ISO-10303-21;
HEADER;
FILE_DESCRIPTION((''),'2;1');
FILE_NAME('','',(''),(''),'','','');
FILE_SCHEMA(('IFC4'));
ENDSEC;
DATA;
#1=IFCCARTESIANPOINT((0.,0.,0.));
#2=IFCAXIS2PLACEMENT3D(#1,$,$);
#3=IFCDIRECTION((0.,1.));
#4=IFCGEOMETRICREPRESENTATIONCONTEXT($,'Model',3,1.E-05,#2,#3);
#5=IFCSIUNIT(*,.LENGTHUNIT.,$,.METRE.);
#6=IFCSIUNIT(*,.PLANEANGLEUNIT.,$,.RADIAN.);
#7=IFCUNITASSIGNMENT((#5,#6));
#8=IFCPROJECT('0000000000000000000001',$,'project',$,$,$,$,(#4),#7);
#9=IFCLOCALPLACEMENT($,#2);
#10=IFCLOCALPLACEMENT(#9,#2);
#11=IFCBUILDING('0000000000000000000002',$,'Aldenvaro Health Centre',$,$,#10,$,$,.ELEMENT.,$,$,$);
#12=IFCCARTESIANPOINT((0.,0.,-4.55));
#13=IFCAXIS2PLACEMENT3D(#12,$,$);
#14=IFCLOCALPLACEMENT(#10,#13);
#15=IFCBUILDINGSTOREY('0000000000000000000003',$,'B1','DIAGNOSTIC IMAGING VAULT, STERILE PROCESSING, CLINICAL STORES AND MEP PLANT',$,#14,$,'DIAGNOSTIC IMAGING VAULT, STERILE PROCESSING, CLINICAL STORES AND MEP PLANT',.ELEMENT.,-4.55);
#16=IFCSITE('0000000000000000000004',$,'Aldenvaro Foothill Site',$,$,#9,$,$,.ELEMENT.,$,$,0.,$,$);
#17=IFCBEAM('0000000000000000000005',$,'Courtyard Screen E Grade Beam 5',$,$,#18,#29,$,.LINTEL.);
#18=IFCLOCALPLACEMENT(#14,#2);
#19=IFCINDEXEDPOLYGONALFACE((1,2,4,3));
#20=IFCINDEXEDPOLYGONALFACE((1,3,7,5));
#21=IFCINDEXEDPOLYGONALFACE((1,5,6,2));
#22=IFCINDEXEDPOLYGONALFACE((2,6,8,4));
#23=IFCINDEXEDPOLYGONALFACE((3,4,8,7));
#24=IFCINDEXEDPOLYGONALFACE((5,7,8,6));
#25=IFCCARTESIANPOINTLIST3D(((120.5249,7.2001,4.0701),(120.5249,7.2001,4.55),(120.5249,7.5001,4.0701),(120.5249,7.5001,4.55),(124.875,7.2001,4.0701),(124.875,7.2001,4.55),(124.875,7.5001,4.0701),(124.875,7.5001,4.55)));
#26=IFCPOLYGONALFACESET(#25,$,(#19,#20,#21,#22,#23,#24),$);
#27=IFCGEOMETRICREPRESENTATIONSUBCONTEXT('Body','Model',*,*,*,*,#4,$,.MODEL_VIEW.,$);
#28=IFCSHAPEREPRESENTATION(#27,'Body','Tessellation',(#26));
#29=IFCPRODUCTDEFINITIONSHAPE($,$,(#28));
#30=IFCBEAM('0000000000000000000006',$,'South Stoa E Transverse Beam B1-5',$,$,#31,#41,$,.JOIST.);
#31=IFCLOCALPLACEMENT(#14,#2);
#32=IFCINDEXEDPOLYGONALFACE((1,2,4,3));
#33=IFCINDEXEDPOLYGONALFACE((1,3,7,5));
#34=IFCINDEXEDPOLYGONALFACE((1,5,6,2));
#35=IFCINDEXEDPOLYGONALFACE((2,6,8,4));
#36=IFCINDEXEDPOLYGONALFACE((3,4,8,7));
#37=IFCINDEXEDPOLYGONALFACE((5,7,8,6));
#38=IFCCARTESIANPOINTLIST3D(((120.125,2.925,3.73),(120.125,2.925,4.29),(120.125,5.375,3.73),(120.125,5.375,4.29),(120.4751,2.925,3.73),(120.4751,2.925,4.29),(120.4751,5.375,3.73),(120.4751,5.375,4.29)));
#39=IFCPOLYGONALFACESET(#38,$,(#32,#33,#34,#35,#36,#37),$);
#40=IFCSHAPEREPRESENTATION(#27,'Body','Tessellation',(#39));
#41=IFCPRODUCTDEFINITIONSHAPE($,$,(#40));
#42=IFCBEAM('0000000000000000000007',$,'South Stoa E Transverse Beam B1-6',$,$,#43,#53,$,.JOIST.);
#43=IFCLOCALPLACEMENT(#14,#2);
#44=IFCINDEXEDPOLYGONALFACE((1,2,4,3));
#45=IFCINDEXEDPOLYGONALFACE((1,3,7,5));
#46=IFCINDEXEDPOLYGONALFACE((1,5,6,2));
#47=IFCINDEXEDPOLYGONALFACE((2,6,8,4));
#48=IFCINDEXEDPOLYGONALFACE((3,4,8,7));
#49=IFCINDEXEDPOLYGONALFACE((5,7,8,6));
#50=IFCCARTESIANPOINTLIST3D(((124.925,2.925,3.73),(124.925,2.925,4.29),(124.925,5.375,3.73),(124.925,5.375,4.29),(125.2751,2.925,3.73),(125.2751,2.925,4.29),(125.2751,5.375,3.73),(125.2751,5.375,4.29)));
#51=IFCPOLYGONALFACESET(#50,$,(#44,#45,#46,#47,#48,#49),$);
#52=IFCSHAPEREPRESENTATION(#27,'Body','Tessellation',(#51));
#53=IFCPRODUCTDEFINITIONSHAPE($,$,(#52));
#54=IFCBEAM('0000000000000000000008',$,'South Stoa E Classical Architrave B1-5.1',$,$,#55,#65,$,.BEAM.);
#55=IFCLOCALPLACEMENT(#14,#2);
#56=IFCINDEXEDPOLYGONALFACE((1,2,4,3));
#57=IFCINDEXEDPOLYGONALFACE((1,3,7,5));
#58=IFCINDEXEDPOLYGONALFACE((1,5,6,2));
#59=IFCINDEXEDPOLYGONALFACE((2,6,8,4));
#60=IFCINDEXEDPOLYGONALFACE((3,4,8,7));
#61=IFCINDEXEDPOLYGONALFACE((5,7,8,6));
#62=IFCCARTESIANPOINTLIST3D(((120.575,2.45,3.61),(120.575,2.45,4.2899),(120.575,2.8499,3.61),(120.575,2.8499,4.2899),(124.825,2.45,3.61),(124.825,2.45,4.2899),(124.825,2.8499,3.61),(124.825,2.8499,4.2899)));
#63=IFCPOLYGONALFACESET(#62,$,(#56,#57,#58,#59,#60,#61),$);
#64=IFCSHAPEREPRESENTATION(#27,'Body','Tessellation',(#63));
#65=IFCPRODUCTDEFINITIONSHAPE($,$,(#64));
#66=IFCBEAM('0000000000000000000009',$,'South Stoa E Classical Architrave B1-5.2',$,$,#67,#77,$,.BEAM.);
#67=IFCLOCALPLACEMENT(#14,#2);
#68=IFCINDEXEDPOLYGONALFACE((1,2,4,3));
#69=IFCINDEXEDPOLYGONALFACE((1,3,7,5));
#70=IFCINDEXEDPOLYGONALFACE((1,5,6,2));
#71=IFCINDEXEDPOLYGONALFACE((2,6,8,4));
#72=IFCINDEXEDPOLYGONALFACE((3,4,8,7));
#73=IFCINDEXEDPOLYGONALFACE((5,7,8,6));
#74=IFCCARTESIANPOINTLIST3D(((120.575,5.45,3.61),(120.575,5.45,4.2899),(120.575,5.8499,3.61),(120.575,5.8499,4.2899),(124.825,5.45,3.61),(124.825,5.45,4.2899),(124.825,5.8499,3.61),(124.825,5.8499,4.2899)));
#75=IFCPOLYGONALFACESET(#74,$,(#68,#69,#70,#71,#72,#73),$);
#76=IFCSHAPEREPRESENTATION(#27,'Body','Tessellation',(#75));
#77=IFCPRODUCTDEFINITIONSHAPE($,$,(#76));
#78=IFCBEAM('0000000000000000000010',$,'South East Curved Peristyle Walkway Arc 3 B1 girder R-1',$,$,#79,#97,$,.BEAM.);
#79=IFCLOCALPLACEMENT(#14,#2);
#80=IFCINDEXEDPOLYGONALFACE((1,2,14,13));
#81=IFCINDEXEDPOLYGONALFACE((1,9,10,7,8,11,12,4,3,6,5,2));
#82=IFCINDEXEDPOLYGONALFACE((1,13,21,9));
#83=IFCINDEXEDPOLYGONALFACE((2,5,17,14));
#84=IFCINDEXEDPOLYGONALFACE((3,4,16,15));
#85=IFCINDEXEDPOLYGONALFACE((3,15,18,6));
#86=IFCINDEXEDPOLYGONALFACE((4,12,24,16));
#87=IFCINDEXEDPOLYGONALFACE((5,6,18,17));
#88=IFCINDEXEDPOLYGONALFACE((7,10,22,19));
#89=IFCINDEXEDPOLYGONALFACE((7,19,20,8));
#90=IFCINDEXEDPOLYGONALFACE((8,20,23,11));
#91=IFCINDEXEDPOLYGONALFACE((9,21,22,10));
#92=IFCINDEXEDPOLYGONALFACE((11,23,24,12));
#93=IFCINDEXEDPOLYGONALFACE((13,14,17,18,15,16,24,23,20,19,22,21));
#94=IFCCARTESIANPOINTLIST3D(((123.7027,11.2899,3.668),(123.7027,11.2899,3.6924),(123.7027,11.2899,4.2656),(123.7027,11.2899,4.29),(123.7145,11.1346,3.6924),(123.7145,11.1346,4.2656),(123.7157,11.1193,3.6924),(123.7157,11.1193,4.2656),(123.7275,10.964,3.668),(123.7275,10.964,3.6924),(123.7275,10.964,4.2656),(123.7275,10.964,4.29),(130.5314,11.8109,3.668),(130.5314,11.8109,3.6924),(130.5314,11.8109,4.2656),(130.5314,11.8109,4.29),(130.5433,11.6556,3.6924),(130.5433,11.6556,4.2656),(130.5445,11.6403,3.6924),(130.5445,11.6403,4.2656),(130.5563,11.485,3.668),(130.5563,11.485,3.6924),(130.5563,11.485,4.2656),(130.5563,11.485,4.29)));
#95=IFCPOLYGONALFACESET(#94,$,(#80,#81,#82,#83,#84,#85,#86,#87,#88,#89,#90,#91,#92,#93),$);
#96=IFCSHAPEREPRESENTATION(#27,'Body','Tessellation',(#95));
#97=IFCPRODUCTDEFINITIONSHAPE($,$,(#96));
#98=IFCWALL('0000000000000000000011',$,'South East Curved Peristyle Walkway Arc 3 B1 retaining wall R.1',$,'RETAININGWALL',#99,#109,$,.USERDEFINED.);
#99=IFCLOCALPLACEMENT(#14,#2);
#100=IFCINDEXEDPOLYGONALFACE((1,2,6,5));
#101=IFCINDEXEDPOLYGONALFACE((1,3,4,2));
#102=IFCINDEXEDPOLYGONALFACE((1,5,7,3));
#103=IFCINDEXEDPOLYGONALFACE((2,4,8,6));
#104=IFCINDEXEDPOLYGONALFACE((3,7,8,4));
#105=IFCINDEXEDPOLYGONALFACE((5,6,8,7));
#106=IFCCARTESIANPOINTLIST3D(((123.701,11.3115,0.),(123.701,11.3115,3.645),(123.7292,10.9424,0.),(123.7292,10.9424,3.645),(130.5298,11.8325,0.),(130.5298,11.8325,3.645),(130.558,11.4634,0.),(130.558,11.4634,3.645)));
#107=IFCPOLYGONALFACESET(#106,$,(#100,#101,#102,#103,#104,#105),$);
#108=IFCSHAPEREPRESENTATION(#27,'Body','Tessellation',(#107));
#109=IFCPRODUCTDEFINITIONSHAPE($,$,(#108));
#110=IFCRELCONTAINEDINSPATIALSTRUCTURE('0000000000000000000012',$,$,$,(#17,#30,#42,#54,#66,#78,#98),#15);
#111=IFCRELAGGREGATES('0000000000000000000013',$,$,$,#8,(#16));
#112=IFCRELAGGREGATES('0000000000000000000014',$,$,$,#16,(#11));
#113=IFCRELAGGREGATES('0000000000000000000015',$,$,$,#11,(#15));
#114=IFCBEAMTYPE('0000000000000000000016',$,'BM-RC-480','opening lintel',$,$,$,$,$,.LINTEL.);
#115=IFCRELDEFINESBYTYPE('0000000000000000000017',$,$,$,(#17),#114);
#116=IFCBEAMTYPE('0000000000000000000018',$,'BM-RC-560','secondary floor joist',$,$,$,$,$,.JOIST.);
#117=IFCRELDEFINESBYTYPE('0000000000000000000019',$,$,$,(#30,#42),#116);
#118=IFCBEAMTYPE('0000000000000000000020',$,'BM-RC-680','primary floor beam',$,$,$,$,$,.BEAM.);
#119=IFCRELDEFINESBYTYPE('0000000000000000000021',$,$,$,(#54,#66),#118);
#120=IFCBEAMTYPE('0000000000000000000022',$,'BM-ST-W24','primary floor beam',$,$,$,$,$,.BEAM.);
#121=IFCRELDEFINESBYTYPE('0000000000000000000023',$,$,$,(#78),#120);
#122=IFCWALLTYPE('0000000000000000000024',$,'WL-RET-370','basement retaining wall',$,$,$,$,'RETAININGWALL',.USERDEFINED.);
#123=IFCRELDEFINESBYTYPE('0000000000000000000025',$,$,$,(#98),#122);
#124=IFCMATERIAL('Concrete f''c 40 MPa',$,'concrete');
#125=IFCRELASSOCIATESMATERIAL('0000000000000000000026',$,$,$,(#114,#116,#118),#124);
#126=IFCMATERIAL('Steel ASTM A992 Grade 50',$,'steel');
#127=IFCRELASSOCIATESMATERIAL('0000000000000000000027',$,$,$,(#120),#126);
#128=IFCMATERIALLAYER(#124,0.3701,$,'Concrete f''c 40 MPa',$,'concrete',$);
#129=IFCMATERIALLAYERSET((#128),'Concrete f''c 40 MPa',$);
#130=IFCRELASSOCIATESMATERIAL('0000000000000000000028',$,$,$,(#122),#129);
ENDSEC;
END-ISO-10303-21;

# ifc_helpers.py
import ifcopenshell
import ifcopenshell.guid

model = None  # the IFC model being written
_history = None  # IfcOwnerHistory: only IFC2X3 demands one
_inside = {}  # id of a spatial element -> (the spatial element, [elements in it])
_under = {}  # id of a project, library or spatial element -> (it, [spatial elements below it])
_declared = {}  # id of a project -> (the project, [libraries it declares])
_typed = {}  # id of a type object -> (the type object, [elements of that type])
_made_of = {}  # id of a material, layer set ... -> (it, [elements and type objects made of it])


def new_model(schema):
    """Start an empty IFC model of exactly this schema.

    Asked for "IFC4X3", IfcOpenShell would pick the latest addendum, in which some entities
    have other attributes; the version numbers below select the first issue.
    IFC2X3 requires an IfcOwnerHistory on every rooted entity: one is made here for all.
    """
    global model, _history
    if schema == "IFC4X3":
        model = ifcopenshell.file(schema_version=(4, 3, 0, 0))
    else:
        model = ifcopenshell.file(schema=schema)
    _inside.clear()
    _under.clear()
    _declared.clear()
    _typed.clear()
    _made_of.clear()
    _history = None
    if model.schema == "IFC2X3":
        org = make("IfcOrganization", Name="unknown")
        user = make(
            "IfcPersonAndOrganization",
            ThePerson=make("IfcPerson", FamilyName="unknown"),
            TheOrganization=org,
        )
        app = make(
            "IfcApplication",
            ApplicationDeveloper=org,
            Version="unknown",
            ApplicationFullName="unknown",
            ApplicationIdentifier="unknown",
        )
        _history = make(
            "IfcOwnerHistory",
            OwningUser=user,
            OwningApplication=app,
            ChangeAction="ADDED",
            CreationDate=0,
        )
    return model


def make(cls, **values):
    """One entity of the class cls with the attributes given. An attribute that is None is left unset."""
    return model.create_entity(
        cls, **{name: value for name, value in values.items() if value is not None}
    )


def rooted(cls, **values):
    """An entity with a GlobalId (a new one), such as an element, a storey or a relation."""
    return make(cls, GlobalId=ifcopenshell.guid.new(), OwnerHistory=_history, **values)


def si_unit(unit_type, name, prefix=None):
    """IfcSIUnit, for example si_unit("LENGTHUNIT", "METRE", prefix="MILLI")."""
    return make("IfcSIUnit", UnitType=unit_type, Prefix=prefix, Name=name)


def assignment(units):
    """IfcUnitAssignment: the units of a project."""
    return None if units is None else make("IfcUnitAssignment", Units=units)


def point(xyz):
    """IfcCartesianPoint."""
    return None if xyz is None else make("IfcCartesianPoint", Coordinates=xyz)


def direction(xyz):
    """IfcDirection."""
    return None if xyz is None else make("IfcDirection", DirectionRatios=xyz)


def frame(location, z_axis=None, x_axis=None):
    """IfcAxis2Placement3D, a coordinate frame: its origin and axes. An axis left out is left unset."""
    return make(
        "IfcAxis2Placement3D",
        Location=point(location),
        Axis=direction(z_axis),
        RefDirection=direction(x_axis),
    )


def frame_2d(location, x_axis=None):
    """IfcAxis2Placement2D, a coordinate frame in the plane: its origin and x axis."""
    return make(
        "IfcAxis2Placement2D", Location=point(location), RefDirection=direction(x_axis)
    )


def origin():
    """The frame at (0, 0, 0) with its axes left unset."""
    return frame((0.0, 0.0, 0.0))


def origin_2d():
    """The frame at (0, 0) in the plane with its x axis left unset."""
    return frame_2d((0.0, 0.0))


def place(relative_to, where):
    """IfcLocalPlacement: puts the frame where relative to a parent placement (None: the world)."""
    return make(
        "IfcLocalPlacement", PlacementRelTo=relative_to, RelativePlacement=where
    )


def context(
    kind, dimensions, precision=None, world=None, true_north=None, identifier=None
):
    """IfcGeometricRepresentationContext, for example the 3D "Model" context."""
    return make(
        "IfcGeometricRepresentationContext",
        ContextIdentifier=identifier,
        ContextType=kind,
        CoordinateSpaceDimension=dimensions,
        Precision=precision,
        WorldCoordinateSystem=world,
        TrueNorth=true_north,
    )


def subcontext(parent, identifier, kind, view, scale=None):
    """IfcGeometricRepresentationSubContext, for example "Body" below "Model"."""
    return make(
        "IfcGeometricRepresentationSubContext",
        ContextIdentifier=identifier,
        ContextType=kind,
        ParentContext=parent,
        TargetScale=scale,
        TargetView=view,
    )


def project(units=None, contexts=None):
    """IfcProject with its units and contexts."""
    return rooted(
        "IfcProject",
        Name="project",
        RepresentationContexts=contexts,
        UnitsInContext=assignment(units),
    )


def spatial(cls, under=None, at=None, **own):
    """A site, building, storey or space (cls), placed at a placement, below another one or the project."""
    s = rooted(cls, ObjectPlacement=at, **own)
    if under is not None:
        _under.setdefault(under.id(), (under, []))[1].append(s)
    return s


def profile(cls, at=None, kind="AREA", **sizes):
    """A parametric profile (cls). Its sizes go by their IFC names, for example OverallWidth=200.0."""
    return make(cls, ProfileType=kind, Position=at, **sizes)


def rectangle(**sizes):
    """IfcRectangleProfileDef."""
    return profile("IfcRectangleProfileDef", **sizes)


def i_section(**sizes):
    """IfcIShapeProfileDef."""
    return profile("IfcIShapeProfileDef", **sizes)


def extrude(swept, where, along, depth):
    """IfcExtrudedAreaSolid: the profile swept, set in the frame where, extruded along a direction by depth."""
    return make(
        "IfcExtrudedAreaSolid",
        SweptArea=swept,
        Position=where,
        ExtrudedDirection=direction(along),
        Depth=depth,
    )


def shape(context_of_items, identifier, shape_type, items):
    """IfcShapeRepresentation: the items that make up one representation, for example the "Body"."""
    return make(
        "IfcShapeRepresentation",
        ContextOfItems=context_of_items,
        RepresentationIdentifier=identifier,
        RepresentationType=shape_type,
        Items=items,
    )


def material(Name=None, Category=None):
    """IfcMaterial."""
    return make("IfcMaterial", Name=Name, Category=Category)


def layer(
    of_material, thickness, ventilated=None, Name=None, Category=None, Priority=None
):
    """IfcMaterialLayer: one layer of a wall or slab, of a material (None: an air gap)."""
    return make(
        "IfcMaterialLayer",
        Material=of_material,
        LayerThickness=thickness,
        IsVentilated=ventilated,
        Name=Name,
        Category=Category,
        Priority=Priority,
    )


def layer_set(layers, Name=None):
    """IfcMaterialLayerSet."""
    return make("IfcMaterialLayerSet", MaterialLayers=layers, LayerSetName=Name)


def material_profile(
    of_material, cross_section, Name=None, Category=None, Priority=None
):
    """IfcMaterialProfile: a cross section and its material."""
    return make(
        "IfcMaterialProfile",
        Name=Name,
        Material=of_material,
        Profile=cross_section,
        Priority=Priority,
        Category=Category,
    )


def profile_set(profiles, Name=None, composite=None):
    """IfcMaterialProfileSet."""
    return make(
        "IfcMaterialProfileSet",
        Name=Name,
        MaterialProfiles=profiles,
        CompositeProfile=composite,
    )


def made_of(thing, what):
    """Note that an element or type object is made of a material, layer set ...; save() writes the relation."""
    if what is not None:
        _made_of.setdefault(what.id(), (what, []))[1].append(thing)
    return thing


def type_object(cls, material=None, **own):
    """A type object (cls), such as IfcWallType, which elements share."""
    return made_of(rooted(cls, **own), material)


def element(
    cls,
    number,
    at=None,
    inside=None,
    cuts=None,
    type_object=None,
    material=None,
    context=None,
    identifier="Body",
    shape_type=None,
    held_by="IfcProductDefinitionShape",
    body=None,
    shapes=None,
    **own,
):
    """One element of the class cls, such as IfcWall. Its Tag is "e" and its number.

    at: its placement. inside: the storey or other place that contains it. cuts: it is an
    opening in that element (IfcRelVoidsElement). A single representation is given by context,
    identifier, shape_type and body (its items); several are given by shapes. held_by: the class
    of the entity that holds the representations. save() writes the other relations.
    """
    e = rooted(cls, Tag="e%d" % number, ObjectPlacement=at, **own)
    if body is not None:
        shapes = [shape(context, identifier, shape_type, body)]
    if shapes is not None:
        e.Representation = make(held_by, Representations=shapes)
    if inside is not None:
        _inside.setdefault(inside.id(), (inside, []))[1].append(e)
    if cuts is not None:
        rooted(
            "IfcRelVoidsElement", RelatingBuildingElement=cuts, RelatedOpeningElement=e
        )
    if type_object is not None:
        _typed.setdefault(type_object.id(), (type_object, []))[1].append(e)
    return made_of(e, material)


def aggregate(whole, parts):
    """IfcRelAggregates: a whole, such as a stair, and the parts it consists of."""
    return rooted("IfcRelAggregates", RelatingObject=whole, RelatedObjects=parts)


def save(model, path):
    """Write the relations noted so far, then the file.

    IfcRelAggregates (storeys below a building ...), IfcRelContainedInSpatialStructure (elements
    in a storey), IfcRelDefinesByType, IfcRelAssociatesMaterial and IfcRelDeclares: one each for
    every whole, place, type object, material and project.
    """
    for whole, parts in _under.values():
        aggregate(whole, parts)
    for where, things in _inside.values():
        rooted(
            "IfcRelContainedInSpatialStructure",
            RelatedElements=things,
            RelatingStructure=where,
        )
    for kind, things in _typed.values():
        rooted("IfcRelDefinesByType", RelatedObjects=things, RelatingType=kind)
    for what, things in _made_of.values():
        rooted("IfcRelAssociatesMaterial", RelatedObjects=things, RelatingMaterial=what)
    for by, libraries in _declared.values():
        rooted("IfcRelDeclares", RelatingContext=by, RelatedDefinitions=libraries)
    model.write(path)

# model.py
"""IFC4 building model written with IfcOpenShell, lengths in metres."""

from ifc_helpers import new_model, si_unit, direction, frame, frame_2d, origin, origin_2d, place, context, subcontext, project, spatial, rectangle, i_section, extrude, material, layer, layer_set, material_profile, profile_set, type_object, element, save


model = new_model("IFC4")

# Units and contexts
model_context = context("Model", 3, precision=1e-05, world=origin(), true_north=direction((0.0, 1.0)))
body_context = subcontext(model_context, "Body", "Model", "MODEL_VIEW")
ifc_project = project(units=[si_unit("LENGTHUNIT", "METRE"), si_unit("PLANEANGLEUNIT", "RADIAN")], contexts=[model_context])

# Site, building, storey
site_placement = place(None, origin())
site = spatial("IfcSite", under=ifc_project, at=site_placement, Name="Aldenvaro Foothill Site", CompositionType="ELEMENT", RefElevation=0.0)
building_placement = place(site_placement, origin())
building = spatial("IfcBuilding", under=site, at=building_placement, Name="Aldenvaro Health Centre", CompositionType="ELEMENT")
storey_placement = place(building_placement, frame((0.0, 0.0, -4.55)))
storey = spatial("IfcBuildingStorey", under=building, at=storey_placement, Name="B1", Description="DIAGNOSTIC IMAGING VAULT, STERILE PROCESSING, CLINICAL STORES AND MEP PLANT", LongName="DIAGNOSTIC IMAGING VAULT, STERILE PROCESSING, CLINICAL STORES AND MEP PLANT", CompositionType="ELEMENT", Elevation=-4.55)

# Shared definitions
ifc_material_1 = material(Name="Concrete f'c 40 MPa", Category="concrete")

# Beams
ifc_material_profile_1 = material_profile(ifc_material_1, rectangle(XDim=0.3, YDim=0.48, at=origin_2d()), Name="RC 300x480", Category="concrete")
ifc_profile_set_1 = profile_set([ifc_material_profile_1], Name="Concrete f'c 40 MPa")
beam_type_1 = type_object("IfcBeamType", Name="BM-RC-480", Description="opening lintel", PredefinedType="LINTEL", material=ifc_profile_set_1)
beam_1_placement = place(storey_placement, frame((120.5249, 7.3501, 4.3101), z_axis=(1.0, 0.0, 0.0), x_axis=(0.0, 1.0, 0.0)))
element("IfcBeam", 1, at=beam_1_placement, inside=storey, type_object=beam_type_1, Name="Courtyard Screen E Grade Beam 5", PredefinedType="LINTEL", context=body_context, shape_type="SweptSolid", body=[
    extrude(rectangle(XDim=0.3, YDim=0.48, at=origin_2d()), origin(), (0.0, 0.0, 1.0), 4.3501),
])
ifc_material_profile_2 = material_profile(ifc_material_1, rectangle(XDim=0.3501, YDim=0.5601, at=origin_2d()), Name="RC 350x560", Category="concrete")
ifc_profile_set_2 = profile_set([ifc_material_profile_2], Name="Concrete f'c 40 MPa")
beam_type_2 = type_object("IfcBeamType", Name="BM-RC-560", Description="secondary floor joist", PredefinedType="JOIST", material=ifc_profile_set_2)
for number, where, z_axis, x_axis, name in (
    (2, (120.3, 2.925, 4.01), (0.0, 1.0, 0.0), (-1.0, 0.0, 0.0), "South Stoa E Transverse Beam B1-5"),
    (3, (125.1001, 2.925, 4.01), (0.0, 1.0, 0.0), (-1.0, 0.0, 0.0), "South Stoa E Transverse Beam B1-6"),
):
    element("IfcBeam", number, at=place(storey_placement, frame(where, z_axis=z_axis, x_axis=x_axis)), inside=storey, type_object=beam_type_2, Name=name, PredefinedType="JOIST", context=body_context, shape_type="SweptSolid", body=[
        extrude(rectangle(XDim=0.3501, YDim=0.5601, at=origin_2d()), origin(), (0.0, 0.0, 1.0), 2.45),
    ])
ifc_material_profile_3 = material_profile(ifc_material_1, rectangle(XDim=0.3999, YDim=0.6799, at=origin_2d()), Name="RC 400x680", Category="concrete")
ifc_profile_set_3 = profile_set([ifc_material_profile_3], Name="Concrete f'c 40 MPa")
beam_type_3 = type_object("IfcBeamType", Name="BM-RC-680", Description="primary floor beam", PredefinedType="BEAM", material=ifc_profile_set_3)
for number, where, z_axis, x_axis, name in (
    (4, (120.575, 2.6499, 3.95), (1.0, 0.0, 0.0), (0.0, 1.0, 0.0), "South Stoa E Classical Architrave B1-5.1"),
    (5, (120.575, 5.6499, 3.95), (1.0, 0.0, 0.0), (0.0, 1.0, 0.0), "South Stoa E Classical Architrave B1-5.2"),
):
    element("IfcBeam", number, at=place(storey_placement, frame(where, z_axis=z_axis, x_axis=x_axis)), inside=storey, type_object=beam_type_3, Name=name, PredefinedType="BEAM", context=body_context, shape_type="SweptSolid", body=[
        extrude(rectangle(XDim=0.3999, YDim=0.6799, at=origin_2d()), origin(), (0.0, 0.0, 1.0), 4.25),
    ])
ifc_material_2 = material(Name="Steel ASTM A992 Grade 50", Category="steel")
ifc_material_profile_4 = material_profile(ifc_material_2, i_section(OverallWidth=0.3269, OverallDepth=0.6221, WebThickness=0.0154, FlangeThickness=0.0244, at=origin_2d()), Name="W24X131", Category="steel")
ifc_profile_set_4 = profile_set([ifc_material_profile_4], Name="Steel ASTM A992 Grade 50")
beam_type_4 = type_object("IfcBeamType", Name="BM-ST-W24", Description="primary floor beam", PredefinedType="BEAM", material=ifc_profile_set_4)
beam_2_placement = place(storey_placement, frame((123.7151, 11.127, 3.979), z_axis=(0.997102, 0.076072, 0.0), x_axis=(-0.076072, 0.997102, 0.0)))
element("IfcBeam", 6, at=beam_2_placement, inside=storey, type_object=beam_type_4, Name="South East Curved Peristyle Walkway Arc 3 B1 girder R-1", PredefinedType="BEAM", context=body_context, shape_type="SweptSolid", body=[
    extrude(i_section(OverallWidth=0.3269, OverallDepth=0.6221, WebThickness=0.0154, FlangeThickness=0.0244, at=origin_2d()), origin(), (0.0, 0.0, 1.0), 6.8486),
])

# Wall
ifc_layer = layer(ifc_material_1, 0.3701, Name="Concrete f'c 40 MPa", Category="concrete")
ifc_layer_set = layer_set([ifc_layer], Name="Concrete f'c 40 MPa")
wall_type = type_object("IfcWallType", Name="WL-RET-370", Description="basement retaining wall", ElementType="RETAININGWALL", PredefinedType="USERDEFINED", material=ifc_layer_set)
wall_placement = place(storey_placement, frame((123.7151, 11.127, 0.0), z_axis=(0.0, 0.0, 1.0), x_axis=(0.997102, 0.076072, 0.0)))
element("IfcWall", 7, at=wall_placement, inside=storey, type_object=wall_type, Name="South East Curved Peristyle Walkway Arc 3 B1 retaining wall R.1", ObjectType="RETAININGWALL", PredefinedType="USERDEFINED", context=body_context, shape_type="SweptSolid", body=[
    extrude(rectangle(XDim=6.8486, YDim=0.3701, at=frame_2d((3.4243, 0.0))), origin(), (0.0, 0.0, 1.0), 3.645),
])

save(model, "model.ifc")
